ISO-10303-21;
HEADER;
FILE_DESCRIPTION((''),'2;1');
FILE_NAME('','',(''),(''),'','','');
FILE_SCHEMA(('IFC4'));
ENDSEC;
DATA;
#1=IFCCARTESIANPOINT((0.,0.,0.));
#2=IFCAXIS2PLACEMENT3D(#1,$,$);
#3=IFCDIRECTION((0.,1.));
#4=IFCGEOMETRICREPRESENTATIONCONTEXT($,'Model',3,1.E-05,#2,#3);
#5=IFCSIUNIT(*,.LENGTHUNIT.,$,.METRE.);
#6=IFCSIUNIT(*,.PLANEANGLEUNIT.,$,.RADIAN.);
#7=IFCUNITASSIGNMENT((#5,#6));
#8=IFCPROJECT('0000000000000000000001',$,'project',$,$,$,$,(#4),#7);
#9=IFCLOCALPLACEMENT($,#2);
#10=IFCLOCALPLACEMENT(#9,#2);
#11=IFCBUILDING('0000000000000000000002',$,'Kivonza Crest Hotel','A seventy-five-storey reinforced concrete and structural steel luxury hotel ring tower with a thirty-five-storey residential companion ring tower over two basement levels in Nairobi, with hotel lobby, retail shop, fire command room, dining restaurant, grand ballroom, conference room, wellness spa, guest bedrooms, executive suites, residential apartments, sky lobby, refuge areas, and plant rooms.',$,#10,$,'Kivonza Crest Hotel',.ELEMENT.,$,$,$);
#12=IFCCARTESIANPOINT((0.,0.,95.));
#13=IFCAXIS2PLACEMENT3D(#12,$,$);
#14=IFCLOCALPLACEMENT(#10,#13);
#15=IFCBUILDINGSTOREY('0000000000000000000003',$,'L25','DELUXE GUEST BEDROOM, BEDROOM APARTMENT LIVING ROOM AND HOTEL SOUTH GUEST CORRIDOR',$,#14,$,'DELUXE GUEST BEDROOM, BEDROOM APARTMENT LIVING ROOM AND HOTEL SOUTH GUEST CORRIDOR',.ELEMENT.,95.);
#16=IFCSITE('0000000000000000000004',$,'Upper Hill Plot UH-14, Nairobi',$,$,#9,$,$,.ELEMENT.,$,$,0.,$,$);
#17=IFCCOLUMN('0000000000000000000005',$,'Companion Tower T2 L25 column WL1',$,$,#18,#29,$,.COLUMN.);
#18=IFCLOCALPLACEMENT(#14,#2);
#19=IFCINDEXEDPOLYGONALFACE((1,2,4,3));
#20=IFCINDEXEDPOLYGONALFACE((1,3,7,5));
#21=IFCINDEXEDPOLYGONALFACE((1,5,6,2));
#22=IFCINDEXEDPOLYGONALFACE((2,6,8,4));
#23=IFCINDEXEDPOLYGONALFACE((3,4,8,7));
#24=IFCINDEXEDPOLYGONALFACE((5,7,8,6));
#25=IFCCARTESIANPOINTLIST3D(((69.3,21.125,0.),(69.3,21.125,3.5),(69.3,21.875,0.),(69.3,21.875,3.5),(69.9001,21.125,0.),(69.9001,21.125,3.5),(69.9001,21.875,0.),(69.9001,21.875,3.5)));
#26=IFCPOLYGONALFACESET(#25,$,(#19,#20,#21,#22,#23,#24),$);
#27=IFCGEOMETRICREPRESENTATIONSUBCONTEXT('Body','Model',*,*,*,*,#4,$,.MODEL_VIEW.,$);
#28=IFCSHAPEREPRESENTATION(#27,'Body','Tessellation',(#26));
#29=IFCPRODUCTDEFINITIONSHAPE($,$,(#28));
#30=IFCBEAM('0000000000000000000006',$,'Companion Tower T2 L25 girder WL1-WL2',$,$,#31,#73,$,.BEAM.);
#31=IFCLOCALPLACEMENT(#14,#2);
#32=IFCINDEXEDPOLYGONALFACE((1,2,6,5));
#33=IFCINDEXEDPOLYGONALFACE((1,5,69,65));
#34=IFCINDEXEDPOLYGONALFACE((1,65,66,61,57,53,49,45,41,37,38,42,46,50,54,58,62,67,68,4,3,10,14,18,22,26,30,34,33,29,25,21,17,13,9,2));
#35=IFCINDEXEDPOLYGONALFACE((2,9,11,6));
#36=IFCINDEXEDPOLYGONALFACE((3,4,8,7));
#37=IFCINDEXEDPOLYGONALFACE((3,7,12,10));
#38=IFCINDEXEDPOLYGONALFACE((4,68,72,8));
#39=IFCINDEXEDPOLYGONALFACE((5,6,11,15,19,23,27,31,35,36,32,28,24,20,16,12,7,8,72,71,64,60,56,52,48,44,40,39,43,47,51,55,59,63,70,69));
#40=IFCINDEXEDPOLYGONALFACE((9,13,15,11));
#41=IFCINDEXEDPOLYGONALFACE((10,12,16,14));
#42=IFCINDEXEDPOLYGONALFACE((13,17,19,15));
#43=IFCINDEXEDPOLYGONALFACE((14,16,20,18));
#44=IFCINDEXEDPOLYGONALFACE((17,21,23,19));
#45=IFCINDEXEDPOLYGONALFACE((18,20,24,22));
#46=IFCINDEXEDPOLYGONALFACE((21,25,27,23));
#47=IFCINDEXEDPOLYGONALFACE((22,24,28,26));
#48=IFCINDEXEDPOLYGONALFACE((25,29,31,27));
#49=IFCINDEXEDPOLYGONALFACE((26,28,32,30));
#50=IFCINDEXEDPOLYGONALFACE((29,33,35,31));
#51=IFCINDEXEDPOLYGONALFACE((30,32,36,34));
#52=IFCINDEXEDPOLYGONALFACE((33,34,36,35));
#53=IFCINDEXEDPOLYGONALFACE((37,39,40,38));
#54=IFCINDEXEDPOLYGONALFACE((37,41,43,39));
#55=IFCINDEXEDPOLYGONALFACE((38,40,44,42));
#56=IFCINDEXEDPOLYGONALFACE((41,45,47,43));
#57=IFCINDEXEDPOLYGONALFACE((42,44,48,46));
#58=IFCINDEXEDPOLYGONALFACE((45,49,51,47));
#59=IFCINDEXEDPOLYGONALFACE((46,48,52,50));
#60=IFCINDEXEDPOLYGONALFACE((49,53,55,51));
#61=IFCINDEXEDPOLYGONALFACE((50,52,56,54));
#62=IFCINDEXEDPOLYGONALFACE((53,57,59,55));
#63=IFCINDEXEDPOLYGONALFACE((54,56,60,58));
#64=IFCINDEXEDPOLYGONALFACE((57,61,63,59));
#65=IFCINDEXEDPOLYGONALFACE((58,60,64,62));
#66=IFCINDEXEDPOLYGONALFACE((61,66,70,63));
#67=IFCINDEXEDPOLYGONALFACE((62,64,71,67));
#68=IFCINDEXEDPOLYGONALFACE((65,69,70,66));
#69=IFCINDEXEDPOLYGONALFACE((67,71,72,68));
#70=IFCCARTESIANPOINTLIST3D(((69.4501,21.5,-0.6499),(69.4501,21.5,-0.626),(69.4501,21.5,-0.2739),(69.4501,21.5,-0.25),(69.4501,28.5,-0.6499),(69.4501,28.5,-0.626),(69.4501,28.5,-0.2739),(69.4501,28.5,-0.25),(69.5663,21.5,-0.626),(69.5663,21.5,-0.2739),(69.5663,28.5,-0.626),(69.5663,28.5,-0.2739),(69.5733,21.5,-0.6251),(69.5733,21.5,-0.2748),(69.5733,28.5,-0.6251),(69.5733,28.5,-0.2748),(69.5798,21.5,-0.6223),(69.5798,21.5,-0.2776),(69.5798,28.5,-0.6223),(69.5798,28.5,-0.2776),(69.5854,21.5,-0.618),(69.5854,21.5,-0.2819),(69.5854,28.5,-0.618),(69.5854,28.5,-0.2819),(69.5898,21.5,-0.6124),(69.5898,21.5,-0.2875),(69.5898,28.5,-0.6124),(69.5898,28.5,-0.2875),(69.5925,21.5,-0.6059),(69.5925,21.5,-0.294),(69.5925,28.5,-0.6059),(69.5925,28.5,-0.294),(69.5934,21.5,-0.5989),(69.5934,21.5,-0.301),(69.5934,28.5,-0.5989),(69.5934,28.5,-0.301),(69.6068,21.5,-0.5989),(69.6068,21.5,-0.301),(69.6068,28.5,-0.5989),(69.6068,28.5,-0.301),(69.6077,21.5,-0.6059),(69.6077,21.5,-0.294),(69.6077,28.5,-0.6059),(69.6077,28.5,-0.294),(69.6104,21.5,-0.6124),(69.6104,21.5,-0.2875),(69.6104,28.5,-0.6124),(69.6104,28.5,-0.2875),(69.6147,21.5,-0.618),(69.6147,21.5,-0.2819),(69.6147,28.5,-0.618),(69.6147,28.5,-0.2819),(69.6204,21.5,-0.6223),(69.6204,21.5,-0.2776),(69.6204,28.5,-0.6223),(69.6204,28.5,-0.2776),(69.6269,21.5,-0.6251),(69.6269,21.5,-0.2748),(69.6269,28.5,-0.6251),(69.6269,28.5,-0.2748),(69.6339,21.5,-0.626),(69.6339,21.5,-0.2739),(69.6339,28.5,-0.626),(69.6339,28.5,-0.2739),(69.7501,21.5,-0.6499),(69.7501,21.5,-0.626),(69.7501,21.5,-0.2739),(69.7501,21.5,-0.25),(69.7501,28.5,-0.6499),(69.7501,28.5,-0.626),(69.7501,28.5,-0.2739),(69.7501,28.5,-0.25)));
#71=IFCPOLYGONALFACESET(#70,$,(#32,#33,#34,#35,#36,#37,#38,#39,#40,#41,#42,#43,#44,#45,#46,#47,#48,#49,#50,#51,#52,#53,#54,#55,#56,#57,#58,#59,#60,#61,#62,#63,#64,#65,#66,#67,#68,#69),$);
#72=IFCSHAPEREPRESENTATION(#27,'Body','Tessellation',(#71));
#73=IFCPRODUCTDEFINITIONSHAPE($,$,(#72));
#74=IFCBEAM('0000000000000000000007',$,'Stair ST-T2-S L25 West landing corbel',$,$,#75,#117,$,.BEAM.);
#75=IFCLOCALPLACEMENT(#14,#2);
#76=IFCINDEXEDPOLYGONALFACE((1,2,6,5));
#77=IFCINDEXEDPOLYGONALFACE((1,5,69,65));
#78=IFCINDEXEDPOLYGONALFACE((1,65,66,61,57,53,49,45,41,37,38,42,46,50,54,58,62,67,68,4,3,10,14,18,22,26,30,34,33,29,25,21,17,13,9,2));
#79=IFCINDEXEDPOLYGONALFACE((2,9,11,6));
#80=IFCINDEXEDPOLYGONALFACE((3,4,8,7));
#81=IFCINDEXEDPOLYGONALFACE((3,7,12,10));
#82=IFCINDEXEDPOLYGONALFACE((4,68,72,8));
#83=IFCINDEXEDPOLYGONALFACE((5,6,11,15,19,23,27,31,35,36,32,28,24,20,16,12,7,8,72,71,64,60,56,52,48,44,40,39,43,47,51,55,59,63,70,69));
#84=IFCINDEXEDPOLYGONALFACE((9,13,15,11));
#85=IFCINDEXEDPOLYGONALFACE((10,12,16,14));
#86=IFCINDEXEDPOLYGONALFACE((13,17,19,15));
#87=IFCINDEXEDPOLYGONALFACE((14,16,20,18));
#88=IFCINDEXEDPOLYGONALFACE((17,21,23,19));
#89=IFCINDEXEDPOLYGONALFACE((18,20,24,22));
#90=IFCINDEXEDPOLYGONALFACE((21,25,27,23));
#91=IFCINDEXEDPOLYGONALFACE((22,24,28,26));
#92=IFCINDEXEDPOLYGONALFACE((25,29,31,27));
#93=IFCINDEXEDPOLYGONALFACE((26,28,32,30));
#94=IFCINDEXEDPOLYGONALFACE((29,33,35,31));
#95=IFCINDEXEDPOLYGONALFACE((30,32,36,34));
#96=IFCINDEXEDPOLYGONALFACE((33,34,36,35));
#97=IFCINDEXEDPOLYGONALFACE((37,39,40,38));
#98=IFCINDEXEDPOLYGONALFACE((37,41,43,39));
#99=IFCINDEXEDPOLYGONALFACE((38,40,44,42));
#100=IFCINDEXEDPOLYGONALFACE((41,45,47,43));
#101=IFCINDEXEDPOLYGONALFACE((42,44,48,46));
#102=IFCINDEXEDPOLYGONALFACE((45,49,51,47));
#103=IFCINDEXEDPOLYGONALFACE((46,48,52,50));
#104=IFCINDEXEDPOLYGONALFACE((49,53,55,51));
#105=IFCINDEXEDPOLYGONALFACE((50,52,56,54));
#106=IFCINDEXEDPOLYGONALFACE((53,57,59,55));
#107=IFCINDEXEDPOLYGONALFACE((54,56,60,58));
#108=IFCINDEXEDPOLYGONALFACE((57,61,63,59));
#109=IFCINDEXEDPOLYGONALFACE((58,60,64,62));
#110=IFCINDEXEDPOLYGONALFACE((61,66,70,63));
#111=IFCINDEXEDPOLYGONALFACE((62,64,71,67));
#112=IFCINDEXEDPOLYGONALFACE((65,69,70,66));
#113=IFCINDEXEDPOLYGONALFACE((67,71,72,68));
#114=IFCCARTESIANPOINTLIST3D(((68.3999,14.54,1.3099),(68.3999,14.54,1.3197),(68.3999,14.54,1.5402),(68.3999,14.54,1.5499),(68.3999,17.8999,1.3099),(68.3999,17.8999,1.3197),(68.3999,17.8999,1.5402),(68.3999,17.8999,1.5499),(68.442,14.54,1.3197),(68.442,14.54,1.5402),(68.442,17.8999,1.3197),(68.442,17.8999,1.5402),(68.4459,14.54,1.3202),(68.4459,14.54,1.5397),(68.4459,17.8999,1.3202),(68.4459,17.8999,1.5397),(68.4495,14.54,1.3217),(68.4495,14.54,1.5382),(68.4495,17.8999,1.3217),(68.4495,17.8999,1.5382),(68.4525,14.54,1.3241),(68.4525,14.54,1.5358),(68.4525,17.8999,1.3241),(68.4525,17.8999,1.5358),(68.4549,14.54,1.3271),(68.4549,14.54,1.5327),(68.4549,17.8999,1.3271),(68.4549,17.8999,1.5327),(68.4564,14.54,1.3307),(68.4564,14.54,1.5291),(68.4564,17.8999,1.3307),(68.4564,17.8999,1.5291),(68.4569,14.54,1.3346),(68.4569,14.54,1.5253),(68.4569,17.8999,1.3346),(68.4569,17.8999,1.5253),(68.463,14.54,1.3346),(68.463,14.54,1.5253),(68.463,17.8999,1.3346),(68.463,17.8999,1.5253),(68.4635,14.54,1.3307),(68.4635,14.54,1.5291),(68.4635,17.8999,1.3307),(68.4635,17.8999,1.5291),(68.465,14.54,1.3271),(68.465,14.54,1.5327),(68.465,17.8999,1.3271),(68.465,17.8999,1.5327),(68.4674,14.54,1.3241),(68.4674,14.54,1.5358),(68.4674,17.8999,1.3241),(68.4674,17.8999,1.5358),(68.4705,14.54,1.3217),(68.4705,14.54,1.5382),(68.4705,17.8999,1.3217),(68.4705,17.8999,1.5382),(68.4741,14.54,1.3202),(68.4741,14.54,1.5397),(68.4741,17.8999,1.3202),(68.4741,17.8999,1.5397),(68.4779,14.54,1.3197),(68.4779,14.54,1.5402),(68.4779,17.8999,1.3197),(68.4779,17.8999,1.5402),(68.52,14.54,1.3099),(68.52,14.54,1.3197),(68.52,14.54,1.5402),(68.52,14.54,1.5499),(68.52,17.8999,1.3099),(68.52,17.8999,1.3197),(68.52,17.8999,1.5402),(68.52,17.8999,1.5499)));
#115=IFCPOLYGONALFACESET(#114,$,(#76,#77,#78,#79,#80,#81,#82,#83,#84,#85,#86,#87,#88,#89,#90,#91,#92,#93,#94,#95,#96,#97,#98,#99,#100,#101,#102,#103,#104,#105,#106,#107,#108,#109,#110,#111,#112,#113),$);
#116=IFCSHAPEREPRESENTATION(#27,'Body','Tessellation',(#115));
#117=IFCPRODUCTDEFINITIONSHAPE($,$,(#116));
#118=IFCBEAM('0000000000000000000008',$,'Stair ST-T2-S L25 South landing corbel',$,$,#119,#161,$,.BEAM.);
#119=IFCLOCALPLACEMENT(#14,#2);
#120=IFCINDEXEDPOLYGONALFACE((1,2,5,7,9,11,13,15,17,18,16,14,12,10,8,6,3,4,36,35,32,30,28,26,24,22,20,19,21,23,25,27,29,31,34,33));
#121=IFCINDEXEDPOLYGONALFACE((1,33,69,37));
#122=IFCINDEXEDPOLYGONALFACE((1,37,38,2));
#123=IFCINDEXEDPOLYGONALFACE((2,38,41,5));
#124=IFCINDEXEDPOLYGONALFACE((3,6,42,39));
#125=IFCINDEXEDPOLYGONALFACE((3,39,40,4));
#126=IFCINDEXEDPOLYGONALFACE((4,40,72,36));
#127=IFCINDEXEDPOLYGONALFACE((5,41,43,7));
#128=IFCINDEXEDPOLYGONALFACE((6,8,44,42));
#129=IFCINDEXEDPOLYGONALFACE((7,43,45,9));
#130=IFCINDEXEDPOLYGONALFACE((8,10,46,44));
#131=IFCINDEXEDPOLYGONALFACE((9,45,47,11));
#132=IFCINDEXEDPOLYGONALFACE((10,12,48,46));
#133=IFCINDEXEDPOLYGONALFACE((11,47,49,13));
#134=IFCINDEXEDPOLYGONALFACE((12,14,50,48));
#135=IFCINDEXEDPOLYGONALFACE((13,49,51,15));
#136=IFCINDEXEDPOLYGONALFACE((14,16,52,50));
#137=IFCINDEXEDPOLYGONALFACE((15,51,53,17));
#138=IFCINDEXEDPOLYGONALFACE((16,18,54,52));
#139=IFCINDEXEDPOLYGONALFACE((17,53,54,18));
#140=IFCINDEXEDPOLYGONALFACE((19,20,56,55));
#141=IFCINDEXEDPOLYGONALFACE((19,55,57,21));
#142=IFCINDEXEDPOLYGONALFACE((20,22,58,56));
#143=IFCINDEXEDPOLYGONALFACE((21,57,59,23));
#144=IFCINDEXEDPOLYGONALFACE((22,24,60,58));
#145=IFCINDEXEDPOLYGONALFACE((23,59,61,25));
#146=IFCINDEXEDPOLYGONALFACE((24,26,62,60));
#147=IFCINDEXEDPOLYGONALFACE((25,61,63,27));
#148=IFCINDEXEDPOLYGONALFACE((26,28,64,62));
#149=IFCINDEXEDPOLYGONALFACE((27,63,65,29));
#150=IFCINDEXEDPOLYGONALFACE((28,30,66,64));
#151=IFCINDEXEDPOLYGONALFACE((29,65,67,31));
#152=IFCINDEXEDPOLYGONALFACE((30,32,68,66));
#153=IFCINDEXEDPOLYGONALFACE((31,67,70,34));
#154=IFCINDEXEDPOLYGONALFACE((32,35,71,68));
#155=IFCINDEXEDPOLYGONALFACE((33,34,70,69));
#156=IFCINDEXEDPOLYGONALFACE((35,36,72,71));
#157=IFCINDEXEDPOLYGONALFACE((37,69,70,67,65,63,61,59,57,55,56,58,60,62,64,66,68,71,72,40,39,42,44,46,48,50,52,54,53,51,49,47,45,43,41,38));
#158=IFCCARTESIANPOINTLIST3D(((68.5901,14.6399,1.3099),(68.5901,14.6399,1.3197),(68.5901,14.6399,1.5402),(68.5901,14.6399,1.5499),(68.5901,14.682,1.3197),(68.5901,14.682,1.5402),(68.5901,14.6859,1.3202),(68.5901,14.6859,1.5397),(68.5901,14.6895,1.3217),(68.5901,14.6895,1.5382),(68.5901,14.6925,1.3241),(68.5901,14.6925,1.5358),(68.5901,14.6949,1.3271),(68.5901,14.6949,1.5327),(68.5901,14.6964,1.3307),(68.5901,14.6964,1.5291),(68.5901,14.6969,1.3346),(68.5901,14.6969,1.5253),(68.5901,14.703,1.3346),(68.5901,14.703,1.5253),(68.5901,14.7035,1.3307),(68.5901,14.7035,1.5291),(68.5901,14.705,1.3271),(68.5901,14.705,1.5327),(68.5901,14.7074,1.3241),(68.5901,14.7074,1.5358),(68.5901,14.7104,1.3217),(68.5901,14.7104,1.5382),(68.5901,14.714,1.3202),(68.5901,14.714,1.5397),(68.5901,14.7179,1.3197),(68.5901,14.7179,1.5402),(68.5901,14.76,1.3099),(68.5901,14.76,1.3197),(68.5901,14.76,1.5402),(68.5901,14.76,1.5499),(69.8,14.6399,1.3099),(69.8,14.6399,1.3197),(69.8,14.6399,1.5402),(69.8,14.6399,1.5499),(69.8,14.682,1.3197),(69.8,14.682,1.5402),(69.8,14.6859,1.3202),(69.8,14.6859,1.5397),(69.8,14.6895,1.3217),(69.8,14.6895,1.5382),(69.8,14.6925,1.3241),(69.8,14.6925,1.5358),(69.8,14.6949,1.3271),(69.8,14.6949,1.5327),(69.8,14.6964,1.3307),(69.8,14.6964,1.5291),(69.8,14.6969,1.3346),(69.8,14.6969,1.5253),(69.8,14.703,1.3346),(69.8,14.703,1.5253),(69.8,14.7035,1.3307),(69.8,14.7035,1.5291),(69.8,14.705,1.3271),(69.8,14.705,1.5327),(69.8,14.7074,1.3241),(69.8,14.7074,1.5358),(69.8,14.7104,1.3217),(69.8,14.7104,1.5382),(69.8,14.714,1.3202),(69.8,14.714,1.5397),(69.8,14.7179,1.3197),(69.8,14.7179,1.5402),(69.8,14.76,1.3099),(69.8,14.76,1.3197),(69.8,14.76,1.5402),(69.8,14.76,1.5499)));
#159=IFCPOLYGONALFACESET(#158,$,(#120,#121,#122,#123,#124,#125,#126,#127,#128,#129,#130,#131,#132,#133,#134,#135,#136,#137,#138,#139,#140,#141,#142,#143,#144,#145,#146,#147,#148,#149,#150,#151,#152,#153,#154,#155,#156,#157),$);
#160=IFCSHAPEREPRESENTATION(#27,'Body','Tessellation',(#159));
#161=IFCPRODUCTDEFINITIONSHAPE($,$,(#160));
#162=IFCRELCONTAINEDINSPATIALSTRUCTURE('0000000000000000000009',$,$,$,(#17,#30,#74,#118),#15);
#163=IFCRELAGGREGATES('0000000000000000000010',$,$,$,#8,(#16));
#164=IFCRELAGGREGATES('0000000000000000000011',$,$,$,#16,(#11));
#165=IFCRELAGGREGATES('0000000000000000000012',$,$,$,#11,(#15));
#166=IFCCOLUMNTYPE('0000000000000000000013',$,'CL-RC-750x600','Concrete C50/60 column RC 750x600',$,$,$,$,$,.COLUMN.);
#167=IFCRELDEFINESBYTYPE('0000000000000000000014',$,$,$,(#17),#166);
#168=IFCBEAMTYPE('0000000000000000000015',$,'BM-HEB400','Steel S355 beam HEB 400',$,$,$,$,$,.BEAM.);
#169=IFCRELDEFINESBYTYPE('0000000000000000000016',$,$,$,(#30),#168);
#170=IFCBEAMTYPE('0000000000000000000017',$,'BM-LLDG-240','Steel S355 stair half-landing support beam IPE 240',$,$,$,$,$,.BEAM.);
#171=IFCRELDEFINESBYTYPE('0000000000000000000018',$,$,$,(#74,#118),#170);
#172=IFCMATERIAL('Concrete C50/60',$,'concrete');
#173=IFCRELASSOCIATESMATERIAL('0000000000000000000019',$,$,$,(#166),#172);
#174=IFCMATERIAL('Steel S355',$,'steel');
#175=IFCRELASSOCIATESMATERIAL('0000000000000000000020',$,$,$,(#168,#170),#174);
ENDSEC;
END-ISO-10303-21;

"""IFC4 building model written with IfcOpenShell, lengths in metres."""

from ifc_helpers import new_model, si_unit, direction, frame, origin, origin_2d, place, context, subcontext, project, spatial, rectangle, i_section, extrude, material, material_profile, profile_set, type_object, element, save


model = new_model("IFC4")

# Units and contexts
model_context = context("Model", 3, precision=1e-05, world=origin(), true_north=direction((0.0, 1.0)))
body_context = subcontext(model_context, "Body", "Model", "MODEL_VIEW")
ifc_project = project(units=[si_unit("LENGTHUNIT", "METRE"), si_unit("PLANEANGLEUNIT", "RADIAN")], contexts=[model_context])

# Site, building, storey
site_placement = place(None, origin())
site = spatial("IfcSite", under=ifc_project, at=site_placement, Name="Upper Hill Plot UH-14, Nairobi", CompositionType="ELEMENT", RefElevation=0.0)
building_placement = place(site_placement, origin())
building = spatial("IfcBuilding", under=site, at=building_placement, Name="Kivonza Crest Hotel", Description="A seventy-five-storey reinforced concrete and structural steel luxury hotel ring tower with a thirty-five-storey residential companion ring tower over two basement levels in Nairobi, with hotel lobby, retail shop, fire command room, dining restaurant, grand ballroom, conference room, wellness spa, guest bedrooms, executive suites, residential apartments, sky lobby, refuge areas, and plant rooms.", LongName="Kivonza Crest Hotel", CompositionType="ELEMENT")
storey_placement = place(building_placement, frame((0.0, 0.0, 95.0)))
storey = spatial("IfcBuildingStorey", under=building, at=storey_placement, Name="L25", Description="DELUXE GUEST BEDROOM, BEDROOM APARTMENT LIVING ROOM AND HOTEL SOUTH GUEST CORRIDOR", LongName="DELUXE GUEST BEDROOM, BEDROOM APARTMENT LIVING ROOM AND HOTEL SOUTH GUEST CORRIDOR", CompositionType="ELEMENT", Elevation=95.0)

# Column
ifc_material_1 = material(Name="Concrete C50/60", Category="concrete")
ifc_material_profile_1 = material_profile(ifc_material_1, rectangle(XDim=0.6001, YDim=0.75, at=origin_2d()), Name="RC 750x600")
ifc_profile_set_1 = profile_set([ifc_material_profile_1], Name="Concrete C50/60")
column_type = type_object("IfcColumnType", Name="CL-RC-750x600", Description="Concrete C50/60 column RC 750x600", PredefinedType="COLUMN", material=ifc_profile_set_1)
column_placement = place(storey_placement, frame((69.6001, 21.5, 0.0), z_axis=(0.0, 0.0, 1.0), x_axis=(1.0, 0.0, 0.0)))
element("IfcColumn", 1, at=column_placement, inside=storey, type_object=column_type, Name="Companion Tower T2 L25 column WL1", PredefinedType="COLUMN", context=body_context, shape_type="SweptSolid", body=[
    extrude(rectangle(XDim=0.6001, YDim=0.75, at=origin_2d()), origin(), (0.0, 0.0, 1.0), 3.5),
])

# Beams
ifc_material_2 = material(Name="Steel S355", Category="steel")
ifc_material_profile_2 = material_profile(ifc_material_2, i_section(OverallWidth=0.3, OverallDepth=0.3999, WebThickness=0.0134, FlangeThickness=0.0239, FilletRadius=0.0271, at=origin_2d()), Name="HEB 400")
ifc_profile_set_2 = profile_set([ifc_material_profile_2], Name="Steel S355")
beam_type_1 = type_object("IfcBeamType", Name="BM-HEB400", Description="Steel S355 beam HEB 400", PredefinedType="BEAM", material=ifc_profile_set_2)
beam_1_placement = place(storey_placement, frame((69.6001, 21.5, -0.45), z_axis=(0.0, 1.0, 0.0), x_axis=(-1.0, 0.0, 0.0)))
element("IfcBeam", 2, at=beam_1_placement, inside=storey, type_object=beam_type_1, Name="Companion Tower T2 L25 girder WL1-WL2", PredefinedType="BEAM", context=body_context, shape_type="SweptSolid", body=[
    extrude(i_section(OverallWidth=0.3, OverallDepth=0.3999, WebThickness=0.0134, FlangeThickness=0.0239, FilletRadius=0.0271, at=origin_2d()), origin(), (0.0, 0.0, 1.0), 7.0),
])
ifc_material_profile_3 = material_profile(ifc_material_2, i_section(OverallWidth=0.1201, OverallDepth=0.24, WebThickness=0.0061, FlangeThickness=0.0098, FilletRadius=0.0149, at=origin_2d()), Name="IPE 240")
ifc_profile_set_3 = profile_set([ifc_material_profile_3], Name="Steel S355")
beam_type_2 = type_object("IfcBeamType", Name="BM-LLDG-240", Description="Steel S355 stair half-landing support beam IPE 240", PredefinedType="BEAM", material=ifc_profile_set_3)
beam_2_placement = place(storey_placement, frame((68.46, 14.54, 1.4299), z_axis=(0.0, 1.0, 0.0), x_axis=(-1.0, 0.0, 0.0)))
element("IfcBeam", 3, at=beam_2_placement, inside=storey, type_object=beam_type_2, Name="Stair ST-T2-S L25 West landing corbel", PredefinedType="BEAM", context=body_context, shape_type="SweptSolid", body=[
    extrude(i_section(OverallWidth=0.1201, OverallDepth=0.24, WebThickness=0.0061, FlangeThickness=0.0098, FilletRadius=0.0149, at=origin_2d()), origin(), (0.0, 0.0, 1.0), 3.3599),
])
for number, where, z_axis, x_axis, name in (
    (4, (68.5901, 14.7, 1.4299), (1.0, 0.0, 0.0), (0.0, 1.0, 0.0), "Stair ST-T2-S L25 South landing corbel"),
):
    element("IfcBeam", number, at=place(storey_placement, frame(where, z_axis=z_axis, x_axis=x_axis)), inside=storey, type_object=beam_type_2, Name=name, PredefinedType="BEAM", context=body_context, shape_type="SweptSolid", body=[
        extrude(i_section(OverallWidth=0.1201, OverallDepth=0.24, WebThickness=0.0061, FlangeThickness=0.0098, FilletRadius=0.0149, at=origin_2d()), origin(), (0.0, 0.0, 1.0), 1.21),
    ])

save(model, "model.ifc")
